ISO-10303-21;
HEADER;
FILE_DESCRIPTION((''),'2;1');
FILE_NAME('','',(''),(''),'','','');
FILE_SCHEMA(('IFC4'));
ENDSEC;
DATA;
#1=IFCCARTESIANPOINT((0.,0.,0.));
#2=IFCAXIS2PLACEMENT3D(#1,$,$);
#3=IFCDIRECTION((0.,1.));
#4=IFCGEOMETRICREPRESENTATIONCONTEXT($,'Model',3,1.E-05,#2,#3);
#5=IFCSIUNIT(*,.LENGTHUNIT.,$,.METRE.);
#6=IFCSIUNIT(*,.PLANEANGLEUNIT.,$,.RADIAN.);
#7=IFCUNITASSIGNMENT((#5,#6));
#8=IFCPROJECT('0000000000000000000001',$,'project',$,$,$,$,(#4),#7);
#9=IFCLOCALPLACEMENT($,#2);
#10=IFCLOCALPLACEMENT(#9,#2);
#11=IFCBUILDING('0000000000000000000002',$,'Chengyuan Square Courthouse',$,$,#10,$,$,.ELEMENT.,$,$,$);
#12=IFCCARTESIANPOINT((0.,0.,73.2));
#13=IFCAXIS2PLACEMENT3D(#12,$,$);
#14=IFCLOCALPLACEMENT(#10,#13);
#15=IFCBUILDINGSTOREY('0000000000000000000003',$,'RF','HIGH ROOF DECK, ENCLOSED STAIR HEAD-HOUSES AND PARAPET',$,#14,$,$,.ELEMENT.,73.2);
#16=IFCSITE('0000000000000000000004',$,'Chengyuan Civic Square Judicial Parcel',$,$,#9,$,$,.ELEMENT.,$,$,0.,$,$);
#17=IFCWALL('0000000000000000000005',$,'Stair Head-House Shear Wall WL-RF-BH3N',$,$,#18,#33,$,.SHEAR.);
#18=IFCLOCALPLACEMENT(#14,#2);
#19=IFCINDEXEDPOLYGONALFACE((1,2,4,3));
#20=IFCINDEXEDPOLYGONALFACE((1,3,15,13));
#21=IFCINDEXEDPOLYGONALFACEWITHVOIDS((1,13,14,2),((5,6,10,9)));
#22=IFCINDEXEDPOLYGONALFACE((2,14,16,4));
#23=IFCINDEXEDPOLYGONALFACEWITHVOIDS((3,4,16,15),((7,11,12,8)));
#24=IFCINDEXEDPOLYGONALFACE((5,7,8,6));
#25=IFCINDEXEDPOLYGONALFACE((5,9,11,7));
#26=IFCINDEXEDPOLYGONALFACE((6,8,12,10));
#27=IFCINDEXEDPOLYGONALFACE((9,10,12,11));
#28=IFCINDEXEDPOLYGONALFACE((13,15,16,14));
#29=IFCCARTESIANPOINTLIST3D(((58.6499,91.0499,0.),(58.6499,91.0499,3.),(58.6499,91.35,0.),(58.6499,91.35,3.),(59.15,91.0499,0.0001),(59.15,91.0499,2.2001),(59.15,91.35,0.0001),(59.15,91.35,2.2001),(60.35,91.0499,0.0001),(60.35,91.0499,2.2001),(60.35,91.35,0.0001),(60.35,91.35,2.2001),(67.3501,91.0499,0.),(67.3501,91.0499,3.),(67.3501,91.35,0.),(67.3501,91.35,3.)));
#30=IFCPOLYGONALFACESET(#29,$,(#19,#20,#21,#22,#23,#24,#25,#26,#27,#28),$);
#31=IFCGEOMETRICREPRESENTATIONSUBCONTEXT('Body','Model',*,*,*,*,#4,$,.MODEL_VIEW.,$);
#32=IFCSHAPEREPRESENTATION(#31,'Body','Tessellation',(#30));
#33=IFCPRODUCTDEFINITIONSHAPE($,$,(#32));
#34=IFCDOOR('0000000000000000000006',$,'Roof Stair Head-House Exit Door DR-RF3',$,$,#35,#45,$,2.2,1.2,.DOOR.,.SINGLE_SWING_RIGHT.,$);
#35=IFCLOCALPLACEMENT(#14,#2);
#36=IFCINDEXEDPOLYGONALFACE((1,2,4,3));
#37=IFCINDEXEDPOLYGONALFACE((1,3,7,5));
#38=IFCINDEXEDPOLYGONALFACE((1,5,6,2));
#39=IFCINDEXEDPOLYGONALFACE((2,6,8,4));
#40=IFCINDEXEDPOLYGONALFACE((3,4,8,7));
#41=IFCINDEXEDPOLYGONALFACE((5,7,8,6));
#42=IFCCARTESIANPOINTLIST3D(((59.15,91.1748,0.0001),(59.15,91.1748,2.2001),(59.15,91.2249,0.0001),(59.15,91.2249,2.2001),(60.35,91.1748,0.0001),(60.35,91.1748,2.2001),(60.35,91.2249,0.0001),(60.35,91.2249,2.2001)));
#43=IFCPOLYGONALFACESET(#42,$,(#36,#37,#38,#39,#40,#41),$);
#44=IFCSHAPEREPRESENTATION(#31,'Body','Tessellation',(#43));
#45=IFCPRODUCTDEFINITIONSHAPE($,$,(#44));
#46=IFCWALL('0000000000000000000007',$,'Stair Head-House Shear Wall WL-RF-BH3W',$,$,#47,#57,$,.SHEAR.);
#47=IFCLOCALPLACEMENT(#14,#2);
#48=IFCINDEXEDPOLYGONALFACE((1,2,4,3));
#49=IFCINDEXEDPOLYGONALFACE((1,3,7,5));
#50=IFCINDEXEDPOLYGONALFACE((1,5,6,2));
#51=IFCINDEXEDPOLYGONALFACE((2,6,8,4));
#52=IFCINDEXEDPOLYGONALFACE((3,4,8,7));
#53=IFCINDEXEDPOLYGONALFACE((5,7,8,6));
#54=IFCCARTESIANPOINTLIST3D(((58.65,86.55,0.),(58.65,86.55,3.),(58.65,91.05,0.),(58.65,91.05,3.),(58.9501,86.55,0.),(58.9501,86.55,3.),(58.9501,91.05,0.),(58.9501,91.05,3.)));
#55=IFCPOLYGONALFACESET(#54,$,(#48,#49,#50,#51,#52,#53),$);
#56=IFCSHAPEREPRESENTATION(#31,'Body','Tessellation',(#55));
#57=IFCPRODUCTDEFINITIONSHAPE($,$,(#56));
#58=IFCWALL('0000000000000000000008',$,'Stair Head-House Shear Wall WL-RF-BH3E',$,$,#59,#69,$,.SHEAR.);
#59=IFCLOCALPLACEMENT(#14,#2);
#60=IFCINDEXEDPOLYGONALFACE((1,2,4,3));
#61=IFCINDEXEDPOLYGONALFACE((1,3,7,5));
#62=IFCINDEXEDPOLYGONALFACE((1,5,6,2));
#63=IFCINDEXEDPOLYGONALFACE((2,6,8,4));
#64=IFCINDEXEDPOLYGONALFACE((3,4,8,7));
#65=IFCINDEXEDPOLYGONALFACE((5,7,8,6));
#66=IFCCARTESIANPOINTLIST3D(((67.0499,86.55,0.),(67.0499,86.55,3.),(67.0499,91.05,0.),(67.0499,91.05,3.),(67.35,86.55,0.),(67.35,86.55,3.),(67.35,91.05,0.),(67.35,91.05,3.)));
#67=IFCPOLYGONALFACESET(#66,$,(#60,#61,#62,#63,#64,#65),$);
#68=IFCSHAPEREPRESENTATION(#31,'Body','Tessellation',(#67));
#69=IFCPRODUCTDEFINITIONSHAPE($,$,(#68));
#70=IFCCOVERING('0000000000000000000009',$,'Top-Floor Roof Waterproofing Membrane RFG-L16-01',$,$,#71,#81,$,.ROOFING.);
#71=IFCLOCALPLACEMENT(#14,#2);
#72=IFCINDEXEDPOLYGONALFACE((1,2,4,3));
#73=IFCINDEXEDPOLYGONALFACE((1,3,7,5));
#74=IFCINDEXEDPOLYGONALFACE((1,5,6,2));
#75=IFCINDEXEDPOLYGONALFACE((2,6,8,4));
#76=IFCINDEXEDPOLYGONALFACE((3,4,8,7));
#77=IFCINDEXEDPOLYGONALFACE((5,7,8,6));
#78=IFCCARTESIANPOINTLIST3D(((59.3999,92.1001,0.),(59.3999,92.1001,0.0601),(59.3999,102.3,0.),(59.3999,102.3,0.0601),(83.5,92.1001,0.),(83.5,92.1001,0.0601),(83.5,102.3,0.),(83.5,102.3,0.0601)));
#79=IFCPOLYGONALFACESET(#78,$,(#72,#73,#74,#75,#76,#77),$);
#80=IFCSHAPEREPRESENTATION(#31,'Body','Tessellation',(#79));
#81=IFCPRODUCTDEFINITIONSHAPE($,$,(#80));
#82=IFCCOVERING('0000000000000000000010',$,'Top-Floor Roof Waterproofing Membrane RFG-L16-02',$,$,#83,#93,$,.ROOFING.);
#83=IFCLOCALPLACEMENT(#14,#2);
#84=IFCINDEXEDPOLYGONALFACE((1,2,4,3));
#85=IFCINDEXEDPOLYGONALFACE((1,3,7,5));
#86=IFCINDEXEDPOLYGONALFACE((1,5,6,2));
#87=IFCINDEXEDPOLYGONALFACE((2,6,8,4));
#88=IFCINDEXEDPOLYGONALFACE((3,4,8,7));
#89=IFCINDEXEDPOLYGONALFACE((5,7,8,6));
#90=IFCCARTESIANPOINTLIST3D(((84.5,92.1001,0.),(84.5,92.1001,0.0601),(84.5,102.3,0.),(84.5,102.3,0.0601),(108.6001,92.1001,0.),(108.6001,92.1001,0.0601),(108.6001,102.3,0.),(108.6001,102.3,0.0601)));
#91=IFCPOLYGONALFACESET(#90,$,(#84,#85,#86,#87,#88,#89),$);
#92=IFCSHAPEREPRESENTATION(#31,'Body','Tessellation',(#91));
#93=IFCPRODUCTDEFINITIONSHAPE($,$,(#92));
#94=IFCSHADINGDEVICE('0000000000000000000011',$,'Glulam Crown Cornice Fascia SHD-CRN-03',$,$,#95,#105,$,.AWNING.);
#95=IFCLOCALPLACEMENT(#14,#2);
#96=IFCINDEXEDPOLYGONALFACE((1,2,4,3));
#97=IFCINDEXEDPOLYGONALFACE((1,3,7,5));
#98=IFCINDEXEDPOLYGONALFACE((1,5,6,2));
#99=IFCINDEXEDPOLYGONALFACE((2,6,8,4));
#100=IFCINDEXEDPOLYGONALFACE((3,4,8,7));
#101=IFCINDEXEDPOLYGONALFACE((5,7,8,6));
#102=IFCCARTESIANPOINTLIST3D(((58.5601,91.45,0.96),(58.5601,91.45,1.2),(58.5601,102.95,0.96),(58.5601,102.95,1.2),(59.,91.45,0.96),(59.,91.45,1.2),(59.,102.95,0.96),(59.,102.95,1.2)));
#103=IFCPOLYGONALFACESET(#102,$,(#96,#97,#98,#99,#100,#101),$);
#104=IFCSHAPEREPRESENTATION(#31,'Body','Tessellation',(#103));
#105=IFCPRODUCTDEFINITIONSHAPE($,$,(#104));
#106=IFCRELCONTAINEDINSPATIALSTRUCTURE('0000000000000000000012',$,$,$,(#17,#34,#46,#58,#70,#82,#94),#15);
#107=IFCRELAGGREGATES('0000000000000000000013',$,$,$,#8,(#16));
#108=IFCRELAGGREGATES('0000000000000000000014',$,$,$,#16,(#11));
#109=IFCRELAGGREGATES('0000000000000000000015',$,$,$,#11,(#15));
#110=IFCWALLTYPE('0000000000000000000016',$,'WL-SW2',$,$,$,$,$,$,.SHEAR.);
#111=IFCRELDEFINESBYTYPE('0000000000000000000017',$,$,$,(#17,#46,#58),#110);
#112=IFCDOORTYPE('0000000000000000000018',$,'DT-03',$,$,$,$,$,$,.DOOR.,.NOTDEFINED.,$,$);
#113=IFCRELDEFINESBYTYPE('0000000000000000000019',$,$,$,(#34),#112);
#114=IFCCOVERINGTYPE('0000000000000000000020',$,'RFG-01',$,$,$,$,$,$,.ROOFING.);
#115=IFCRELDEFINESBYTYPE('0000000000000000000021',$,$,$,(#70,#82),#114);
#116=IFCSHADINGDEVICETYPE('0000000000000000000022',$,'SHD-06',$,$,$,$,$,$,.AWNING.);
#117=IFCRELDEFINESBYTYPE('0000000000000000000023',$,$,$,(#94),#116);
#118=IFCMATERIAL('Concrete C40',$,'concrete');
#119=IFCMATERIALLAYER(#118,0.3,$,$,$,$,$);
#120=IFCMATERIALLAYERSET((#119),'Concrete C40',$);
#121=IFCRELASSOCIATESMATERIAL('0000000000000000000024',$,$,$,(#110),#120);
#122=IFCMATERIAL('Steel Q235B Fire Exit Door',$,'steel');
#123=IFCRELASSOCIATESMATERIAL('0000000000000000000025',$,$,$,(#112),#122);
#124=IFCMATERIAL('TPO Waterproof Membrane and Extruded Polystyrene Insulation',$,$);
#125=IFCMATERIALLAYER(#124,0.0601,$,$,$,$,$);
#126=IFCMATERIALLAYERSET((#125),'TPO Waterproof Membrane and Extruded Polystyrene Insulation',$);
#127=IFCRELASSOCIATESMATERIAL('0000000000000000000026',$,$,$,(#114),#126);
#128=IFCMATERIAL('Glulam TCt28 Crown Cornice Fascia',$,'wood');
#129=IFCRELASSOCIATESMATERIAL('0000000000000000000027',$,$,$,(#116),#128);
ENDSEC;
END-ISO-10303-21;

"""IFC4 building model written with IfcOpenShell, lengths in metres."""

from ifc_helpers import new_model, si_unit, direction, frame, frame_2d, origin, origin_2d, place, context, subcontext, project, spatial, polyline, rectangle, outline, extrude, material, layer, layer_set, type_object, element, fill, save


model = new_model("IFC4")

# Units and contexts
model_context = context("Model", 3, precision=1e-05, world=origin(), true_north=direction((0.0, 1.0)))
body_context = subcontext(model_context, "Body", "Model", "MODEL_VIEW")
ifc_project = project(units=[si_unit("LENGTHUNIT", "METRE"), si_unit("PLANEANGLEUNIT", "RADIAN")], contexts=[model_context])

# Site, building, storey
site_placement = place(None, origin())
site = spatial("IfcSite", under=ifc_project, at=site_placement, Name="Chengyuan Civic Square Judicial Parcel", CompositionType="ELEMENT", RefElevation=0.0)
building_placement = place(site_placement, origin())
building = spatial("IfcBuilding", under=site, at=building_placement, Name="Chengyuan Square Courthouse", CompositionType="ELEMENT")
storey_placement = place(building_placement, frame((0.0, 0.0, 73.2)))
storey = spatial("IfcBuildingStorey", under=building, at=storey_placement, Name="RF", Description="HIGH ROOF DECK, ENCLOSED STAIR HEAD-HOUSES AND PARAPET", CompositionType="ELEMENT", Elevation=73.2)

# Shared definitions
ifc_material_1 = material(Name="Concrete C40", Category="concrete")

# Shared definitions
ifc_layer_1 = layer(ifc_material_1, 0.3)
ifc_layer_set_1 = layer_set([ifc_layer_1], Name="Concrete C40")
wall_type_1 = type_object("IfcWallType", Name="WL-SW2", PredefinedType="SHEAR", material=ifc_layer_set_1)
ifc_material_2 = material(Name="Steel Q235B Fire Exit Door", Category="steel")
door_type_1 = type_object("IfcDoorType", Name="DT-03", OperationType="NOTDEFINED", PredefinedType="DOOR", material=ifc_material_2)

# Wall, opening, door
wall_1_placement = place(storey_placement, frame((58.6499, 91.2, 0.0), z_axis=(0.0, 0.0, 1.0), x_axis=(1.0, 0.0, 0.0)))
wall_1 = element("IfcWall", 1, at=wall_1_placement, inside=storey, type_object=wall_type_1, Name="Stair Head-House Shear Wall WL-RF-BH3N", PredefinedType="SHEAR", context=body_context, shape_type="SweptSolid", body=[
    extrude(rectangle(XDim=8.7002, YDim=0.3, at=frame_2d((4.3501, 0.0))), origin(), (0.0, 0.0, 1.0), 3.0),
])
opening_1_placement = place(wall_1_placement, frame((0.5, 0.0, 0.0)))
opening_1 = element("IfcOpeningElement", 2, at=opening_1_placement, cuts=wall_1, PredefinedType="OPENING", context=body_context, shape_type="SweptSolid", body=[
    extrude(rectangle(XDim=1.2, YDim=2.2, at=frame_2d((0.6001, 1.1001))), frame((0.0, 0.1621, 0.0), z_axis=(0.0, -1.0, 0.0), x_axis=(1.0, 0.0, 0.0)), (0.0, 0.0, 1.0), 0.324),
])
door_1_placement = place(opening_1_placement, origin())
door_1 = element("IfcDoor", 3, at=door_1_placement, inside=storey, type_object=door_type_1, Name="Roof Stair Head-House Exit Door DR-RF3", OperationType="SINGLE_SWING_RIGHT", OverallHeight=2.2, OverallWidth=1.2, PredefinedType="DOOR", context=body_context, shape_type="SweptSolid", body=[
    extrude(rectangle(XDim=1.2, YDim=2.2, at=frame_2d((0.6001, 1.1001))), frame((0.0, 0.0249, 0.0), z_axis=(0.0, -1.0, 0.0), x_axis=(1.0, 0.0, 0.0)), (0.0, 0.0, 1.0), 0.05),
])
fill(opening_1, door_1)

# Walls
for number, where, z_axis, x_axis, name in (
    (4, (58.8, 86.55, 0.0), (0.0, 0.0, 1.0), (0.0, 1.0, 0.0), "Stair Head-House Shear Wall WL-RF-BH3W"),
    (5, (67.2, 86.55, 0.0), (0.0, 0.0, 1.0), (0.0, 1.0, 0.0), "Stair Head-House Shear Wall WL-RF-BH3E"),
):
    element("IfcWall", number, at=place(storey_placement, frame(where, z_axis=z_axis, x_axis=x_axis)), inside=storey, type_object=wall_type_1, Name=name, PredefinedType="SHEAR", context=body_context, shape_type="SweptSolid", body=[
        extrude(rectangle(XDim=4.5, YDim=0.3, at=frame_2d((2.25, 0.0))), origin(), (0.0, 0.0, 1.0), 3.0),
    ])

# Coverings
ifc_material_3 = material(Name="TPO Waterproof Membrane and Extruded Polystyrene Insulation")
ifc_layer_2 = layer(ifc_material_3, 0.0601)
ifc_layer_set_2 = layer_set([ifc_layer_2], Name="TPO Waterproof Membrane and Extruded Polystyrene Insulation")
covering_type = type_object("IfcCoveringType", Name="RFG-01", PredefinedType="ROOFING", material=ifc_layer_set_2)
covering_1_placement = place(storey_placement, origin())
element("IfcCovering", 6, at=covering_1_placement, inside=storey, type_object=covering_type, Name="Top-Floor Roof Waterproofing Membrane RFG-L16-01", PredefinedType="ROOFING", context=body_context, shape_type="SweptSolid", body=[
    extrude(outline(polyline([(59.3999, 92.1001), (83.5, 92.1001), (83.5, 102.3), (59.3999, 102.3), (59.3999, 92.1001)])), origin(), (0.0, 0.0, 1.0), 0.0601),
])
covering_2_placement = place(storey_placement, origin())
element("IfcCovering", 7, at=covering_2_placement, inside=storey, type_object=covering_type, Name="Top-Floor Roof Waterproofing Membrane RFG-L16-02", PredefinedType="ROOFING", context=body_context, shape_type="SweptSolid", body=[
    extrude(outline(polyline([(84.5, 92.1001), (108.6001, 92.1001), (108.6001, 102.3), (84.5, 102.3), (84.5, 92.1001)])), origin(), (0.0, 0.0, 1.0), 0.0601),
])

# Shading device
ifc_material_4 = material(Name="Glulam TCt28 Crown Cornice Fascia", Category="wood")
shading_device_type = type_object("IfcShadingDeviceType", Name="SHD-06", PredefinedType="AWNING", material=ifc_material_4)
shading_device_placement = place(storey_placement, frame((58.78, 97.2, 0.96), z_axis=(0.0, 0.0, 1.0), x_axis=(0.0, 1.0, 0.0)))
element("IfcShadingDevice", 8, at=shading_device_placement, inside=storey, type_object=shading_device_type, Name="Glulam Crown Cornice Fascia SHD-CRN-03", PredefinedType="AWNING", context=body_context, shape_type="SweptSolid", body=[
    extrude(rectangle(XDim=11.5, YDim=0.4399, at=origin_2d()), origin(), (0.0, 0.0, 1.0), 0.24),
])

save(model, "model.ifc")
